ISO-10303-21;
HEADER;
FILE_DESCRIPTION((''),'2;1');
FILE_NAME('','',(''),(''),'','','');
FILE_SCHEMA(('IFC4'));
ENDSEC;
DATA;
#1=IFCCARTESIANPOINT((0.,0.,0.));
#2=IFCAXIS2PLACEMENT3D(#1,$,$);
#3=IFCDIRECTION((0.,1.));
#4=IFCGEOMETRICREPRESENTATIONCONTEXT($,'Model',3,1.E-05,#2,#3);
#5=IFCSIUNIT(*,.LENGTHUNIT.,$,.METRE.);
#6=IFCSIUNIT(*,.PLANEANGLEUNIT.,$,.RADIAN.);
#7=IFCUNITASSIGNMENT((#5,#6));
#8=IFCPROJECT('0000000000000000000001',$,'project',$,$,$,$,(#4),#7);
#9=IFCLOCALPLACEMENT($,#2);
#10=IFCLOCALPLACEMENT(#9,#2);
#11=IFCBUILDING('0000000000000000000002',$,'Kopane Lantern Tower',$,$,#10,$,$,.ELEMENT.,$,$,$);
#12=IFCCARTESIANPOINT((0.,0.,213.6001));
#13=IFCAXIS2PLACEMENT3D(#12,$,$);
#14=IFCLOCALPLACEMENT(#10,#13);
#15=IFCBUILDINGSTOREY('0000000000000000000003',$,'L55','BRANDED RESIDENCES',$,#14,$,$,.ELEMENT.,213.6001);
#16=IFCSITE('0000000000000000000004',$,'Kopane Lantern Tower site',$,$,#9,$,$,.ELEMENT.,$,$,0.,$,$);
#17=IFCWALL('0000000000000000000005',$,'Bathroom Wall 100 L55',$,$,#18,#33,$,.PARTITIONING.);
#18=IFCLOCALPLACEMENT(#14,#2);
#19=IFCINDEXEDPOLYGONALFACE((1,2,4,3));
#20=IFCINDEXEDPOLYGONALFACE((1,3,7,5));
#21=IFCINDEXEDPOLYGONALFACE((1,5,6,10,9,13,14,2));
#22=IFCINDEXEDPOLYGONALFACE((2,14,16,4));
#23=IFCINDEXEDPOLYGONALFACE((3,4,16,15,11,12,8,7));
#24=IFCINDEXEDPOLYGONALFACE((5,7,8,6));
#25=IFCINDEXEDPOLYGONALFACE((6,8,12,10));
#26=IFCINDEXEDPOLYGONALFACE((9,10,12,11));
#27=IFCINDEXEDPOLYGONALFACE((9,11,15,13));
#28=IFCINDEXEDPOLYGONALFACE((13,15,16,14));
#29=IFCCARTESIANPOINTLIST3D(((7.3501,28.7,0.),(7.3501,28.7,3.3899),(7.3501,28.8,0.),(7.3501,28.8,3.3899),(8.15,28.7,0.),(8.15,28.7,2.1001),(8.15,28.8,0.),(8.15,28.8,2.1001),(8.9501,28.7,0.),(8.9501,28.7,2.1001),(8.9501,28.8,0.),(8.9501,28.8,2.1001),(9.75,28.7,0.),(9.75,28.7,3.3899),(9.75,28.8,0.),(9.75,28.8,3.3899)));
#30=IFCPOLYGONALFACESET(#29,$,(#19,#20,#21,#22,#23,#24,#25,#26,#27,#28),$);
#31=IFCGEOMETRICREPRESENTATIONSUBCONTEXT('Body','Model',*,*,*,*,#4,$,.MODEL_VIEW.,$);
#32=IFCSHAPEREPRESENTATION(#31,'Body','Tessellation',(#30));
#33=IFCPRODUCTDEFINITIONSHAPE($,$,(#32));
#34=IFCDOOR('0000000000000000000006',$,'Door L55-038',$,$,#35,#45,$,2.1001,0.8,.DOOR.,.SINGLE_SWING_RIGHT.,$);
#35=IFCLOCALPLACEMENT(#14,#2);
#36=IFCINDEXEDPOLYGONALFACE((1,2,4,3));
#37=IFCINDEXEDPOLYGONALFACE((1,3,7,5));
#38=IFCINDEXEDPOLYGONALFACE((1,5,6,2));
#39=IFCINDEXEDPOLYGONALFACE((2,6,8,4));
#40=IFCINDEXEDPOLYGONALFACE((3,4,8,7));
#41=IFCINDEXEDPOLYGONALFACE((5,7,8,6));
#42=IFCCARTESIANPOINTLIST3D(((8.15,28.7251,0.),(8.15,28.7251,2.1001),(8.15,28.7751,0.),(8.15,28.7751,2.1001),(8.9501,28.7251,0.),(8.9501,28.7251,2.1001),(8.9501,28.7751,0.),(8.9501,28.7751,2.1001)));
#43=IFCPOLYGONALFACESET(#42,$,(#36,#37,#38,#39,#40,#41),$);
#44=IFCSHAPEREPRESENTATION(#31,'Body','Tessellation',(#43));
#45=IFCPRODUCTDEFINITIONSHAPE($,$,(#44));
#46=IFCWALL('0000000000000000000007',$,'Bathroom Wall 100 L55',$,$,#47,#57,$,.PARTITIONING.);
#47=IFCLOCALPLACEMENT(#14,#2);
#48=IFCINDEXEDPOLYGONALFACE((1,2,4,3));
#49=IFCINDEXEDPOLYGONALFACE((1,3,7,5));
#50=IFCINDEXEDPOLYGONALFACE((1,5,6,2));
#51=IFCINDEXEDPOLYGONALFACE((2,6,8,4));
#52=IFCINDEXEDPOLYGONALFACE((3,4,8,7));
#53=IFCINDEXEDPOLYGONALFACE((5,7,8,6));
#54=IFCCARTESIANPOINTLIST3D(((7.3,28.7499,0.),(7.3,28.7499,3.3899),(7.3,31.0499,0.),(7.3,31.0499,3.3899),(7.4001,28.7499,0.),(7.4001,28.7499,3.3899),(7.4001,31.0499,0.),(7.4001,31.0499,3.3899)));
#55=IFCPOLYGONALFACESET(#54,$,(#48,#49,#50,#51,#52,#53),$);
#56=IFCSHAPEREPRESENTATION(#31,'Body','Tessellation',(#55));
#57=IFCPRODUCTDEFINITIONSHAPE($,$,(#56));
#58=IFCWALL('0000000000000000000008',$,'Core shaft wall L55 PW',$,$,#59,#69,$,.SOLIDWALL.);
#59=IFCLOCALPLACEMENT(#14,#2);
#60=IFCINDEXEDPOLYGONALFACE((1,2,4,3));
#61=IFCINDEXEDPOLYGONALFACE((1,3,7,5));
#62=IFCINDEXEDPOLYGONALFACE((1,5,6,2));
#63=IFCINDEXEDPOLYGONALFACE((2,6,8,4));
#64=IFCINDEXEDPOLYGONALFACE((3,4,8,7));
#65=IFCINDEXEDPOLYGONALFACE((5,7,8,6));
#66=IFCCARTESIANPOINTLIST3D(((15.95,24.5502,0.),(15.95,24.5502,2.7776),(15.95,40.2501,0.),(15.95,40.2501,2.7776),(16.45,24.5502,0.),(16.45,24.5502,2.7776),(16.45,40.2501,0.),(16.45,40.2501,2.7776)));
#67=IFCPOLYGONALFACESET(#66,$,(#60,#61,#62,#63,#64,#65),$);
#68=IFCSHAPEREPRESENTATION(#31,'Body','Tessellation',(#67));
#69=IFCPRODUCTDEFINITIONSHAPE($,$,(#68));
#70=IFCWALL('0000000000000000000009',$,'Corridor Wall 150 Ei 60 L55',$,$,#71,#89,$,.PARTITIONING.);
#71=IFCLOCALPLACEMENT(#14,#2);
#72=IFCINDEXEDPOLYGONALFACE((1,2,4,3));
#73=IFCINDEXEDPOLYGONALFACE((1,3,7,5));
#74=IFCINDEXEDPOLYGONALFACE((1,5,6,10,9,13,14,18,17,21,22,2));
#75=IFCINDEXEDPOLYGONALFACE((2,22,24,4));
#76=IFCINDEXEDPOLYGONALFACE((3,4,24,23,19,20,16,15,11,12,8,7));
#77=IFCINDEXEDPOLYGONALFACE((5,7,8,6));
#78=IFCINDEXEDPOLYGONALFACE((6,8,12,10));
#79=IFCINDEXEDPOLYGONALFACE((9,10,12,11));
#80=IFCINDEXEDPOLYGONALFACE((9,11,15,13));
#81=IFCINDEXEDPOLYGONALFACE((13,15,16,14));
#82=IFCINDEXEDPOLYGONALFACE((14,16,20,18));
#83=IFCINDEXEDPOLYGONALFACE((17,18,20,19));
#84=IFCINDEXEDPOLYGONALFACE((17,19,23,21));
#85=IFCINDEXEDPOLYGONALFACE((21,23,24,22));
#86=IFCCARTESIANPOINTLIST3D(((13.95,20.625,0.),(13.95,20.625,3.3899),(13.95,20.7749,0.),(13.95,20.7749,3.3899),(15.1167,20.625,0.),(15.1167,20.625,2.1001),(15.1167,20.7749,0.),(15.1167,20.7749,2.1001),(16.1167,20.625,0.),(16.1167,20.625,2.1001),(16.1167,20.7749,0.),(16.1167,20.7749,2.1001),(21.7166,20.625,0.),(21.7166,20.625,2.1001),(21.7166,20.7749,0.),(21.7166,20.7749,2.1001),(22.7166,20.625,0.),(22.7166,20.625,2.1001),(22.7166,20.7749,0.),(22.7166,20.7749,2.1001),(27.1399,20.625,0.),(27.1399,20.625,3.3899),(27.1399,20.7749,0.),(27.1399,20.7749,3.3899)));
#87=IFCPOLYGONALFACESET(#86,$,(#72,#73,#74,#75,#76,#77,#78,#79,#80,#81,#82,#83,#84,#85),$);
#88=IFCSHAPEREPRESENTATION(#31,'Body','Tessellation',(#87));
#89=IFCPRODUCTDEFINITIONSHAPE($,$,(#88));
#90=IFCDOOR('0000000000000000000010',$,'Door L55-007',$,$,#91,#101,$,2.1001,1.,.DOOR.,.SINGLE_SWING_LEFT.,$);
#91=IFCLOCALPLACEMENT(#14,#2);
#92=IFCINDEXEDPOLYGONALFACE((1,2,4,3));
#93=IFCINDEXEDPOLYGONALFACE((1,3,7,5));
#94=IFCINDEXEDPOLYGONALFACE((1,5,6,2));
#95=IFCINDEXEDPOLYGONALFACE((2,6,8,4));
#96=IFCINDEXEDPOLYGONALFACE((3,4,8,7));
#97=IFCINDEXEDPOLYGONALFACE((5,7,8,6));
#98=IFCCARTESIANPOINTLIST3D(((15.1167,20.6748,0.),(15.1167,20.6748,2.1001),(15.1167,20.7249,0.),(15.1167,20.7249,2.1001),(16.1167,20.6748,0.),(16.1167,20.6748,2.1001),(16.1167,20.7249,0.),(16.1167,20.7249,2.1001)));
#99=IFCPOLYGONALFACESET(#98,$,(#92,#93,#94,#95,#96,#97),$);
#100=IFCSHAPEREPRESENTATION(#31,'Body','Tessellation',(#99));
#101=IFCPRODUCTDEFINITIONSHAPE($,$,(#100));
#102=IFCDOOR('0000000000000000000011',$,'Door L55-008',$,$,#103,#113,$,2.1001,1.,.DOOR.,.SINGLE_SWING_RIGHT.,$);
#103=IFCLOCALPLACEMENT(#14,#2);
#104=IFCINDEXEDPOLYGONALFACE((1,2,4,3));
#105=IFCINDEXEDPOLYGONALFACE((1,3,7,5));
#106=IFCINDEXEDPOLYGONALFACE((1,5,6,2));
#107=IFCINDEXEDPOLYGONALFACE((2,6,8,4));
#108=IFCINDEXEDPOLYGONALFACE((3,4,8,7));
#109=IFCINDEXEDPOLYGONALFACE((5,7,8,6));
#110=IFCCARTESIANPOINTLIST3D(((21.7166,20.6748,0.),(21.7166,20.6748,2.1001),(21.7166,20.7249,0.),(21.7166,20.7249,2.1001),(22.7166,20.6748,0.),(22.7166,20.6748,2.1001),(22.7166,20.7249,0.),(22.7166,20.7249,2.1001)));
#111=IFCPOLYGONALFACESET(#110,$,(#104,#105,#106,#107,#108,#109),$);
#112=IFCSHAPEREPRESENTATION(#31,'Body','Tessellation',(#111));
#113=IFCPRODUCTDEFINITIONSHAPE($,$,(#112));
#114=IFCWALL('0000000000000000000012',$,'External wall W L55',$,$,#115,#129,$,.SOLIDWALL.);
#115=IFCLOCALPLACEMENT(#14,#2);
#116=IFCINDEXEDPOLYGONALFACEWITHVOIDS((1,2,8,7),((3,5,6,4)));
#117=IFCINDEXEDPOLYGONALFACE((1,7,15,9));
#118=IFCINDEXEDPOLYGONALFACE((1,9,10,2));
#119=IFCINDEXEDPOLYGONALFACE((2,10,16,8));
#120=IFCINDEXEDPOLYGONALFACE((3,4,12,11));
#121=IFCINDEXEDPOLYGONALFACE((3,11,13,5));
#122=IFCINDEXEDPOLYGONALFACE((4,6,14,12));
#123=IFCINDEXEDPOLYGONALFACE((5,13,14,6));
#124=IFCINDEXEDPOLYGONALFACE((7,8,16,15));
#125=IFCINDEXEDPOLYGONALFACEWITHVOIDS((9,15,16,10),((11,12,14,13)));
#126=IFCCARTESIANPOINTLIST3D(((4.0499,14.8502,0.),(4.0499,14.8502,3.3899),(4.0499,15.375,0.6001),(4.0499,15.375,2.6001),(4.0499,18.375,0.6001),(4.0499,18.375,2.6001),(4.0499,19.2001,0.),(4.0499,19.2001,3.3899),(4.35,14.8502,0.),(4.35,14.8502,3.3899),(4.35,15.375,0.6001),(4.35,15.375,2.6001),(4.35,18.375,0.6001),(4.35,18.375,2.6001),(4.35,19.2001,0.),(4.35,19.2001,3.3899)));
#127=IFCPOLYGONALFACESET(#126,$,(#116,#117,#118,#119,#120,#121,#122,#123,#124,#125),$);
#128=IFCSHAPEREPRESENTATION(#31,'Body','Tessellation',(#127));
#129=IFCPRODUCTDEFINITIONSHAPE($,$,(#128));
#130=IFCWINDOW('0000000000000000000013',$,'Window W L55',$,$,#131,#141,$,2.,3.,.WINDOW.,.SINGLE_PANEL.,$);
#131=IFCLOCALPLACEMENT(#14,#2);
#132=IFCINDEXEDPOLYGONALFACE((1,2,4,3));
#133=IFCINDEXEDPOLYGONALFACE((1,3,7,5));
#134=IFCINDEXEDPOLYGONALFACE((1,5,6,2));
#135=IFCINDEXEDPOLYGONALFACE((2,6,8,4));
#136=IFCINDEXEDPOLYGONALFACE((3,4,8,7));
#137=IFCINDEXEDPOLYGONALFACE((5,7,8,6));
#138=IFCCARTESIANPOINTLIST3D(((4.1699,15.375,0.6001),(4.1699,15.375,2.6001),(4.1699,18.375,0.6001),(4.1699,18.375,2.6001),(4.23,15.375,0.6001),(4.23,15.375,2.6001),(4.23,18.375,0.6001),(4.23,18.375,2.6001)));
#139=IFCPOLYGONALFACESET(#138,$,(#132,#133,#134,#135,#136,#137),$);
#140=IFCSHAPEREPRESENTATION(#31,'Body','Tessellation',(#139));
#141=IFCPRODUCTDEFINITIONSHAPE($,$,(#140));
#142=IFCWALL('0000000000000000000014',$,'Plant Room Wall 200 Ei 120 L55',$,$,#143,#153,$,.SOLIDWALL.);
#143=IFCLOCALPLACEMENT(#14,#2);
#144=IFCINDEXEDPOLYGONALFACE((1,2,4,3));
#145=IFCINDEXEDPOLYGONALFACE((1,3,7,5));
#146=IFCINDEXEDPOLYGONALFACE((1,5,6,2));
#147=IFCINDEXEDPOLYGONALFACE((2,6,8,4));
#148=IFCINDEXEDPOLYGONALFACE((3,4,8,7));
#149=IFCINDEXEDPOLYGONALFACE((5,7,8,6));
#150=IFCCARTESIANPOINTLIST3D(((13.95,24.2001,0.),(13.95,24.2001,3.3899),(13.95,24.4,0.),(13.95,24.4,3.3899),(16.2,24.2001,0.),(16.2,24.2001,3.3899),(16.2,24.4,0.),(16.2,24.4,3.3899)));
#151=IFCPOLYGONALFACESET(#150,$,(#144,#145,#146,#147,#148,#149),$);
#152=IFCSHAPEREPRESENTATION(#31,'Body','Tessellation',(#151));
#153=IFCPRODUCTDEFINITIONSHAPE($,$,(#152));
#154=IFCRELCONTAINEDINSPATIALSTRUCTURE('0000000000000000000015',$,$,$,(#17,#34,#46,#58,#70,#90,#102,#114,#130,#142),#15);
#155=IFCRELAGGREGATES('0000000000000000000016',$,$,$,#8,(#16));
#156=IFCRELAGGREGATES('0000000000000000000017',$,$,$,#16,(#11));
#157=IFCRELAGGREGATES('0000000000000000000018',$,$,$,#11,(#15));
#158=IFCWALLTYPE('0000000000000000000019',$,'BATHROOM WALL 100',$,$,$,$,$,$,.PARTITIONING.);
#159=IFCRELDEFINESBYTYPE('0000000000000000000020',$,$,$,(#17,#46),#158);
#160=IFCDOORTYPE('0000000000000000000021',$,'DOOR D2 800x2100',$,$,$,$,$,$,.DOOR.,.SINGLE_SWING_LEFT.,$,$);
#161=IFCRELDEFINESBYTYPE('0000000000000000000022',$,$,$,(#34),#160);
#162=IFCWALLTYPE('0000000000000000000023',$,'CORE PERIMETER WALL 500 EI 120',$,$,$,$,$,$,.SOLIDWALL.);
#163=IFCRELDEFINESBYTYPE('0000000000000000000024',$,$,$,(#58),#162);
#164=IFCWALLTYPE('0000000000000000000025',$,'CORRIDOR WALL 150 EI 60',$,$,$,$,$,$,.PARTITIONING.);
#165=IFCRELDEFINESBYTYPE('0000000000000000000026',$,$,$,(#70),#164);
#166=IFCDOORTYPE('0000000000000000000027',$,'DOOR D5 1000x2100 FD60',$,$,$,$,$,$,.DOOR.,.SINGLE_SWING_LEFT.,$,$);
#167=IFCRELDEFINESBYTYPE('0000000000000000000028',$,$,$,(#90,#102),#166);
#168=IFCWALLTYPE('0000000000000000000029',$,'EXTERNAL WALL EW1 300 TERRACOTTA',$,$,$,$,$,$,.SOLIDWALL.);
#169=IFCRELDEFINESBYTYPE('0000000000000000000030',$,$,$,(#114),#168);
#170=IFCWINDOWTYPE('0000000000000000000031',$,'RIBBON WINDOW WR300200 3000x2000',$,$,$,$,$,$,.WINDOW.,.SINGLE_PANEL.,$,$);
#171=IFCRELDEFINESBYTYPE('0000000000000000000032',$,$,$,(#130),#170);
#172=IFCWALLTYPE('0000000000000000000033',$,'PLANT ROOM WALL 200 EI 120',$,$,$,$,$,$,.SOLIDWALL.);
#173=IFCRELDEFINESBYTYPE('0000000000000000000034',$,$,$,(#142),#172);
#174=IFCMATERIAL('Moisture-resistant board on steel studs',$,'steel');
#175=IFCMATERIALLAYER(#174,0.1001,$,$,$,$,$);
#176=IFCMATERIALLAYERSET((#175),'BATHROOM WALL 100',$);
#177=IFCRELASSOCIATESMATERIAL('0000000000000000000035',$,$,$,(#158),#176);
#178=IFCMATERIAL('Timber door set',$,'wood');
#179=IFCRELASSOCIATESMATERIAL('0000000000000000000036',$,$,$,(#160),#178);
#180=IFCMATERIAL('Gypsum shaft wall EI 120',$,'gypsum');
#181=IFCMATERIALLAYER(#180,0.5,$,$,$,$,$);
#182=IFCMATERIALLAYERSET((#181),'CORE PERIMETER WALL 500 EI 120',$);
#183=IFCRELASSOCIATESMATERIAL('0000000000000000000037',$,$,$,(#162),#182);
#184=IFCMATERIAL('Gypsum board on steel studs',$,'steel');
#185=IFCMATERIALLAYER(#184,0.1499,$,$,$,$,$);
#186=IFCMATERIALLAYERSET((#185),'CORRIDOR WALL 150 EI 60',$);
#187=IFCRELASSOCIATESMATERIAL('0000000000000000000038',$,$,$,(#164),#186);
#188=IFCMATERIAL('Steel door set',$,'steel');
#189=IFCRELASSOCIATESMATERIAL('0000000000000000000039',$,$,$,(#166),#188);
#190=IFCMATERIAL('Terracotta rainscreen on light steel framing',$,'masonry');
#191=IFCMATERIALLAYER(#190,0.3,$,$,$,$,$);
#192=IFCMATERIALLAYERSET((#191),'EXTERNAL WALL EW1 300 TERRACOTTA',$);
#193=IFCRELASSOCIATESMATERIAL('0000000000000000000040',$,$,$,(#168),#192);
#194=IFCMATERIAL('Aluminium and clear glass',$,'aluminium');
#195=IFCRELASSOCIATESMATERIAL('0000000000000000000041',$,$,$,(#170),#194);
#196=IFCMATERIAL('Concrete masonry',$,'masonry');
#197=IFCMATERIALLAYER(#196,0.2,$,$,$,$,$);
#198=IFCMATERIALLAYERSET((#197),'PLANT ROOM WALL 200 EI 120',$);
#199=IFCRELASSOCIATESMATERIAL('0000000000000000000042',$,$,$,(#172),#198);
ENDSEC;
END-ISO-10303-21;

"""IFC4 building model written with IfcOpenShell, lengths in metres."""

from ifc_helpers import new_model, si_unit, direction, frame, frame_2d, origin, place, context, subcontext, project, spatial, rectangle, extrude, material, layer, layer_set, type_object, element, fill, save


model = new_model("IFC4")

# Units and contexts
model_context = context("Model", 3, precision=1e-05, world=origin(), true_north=direction((0.0, 1.0)))
body_context = subcontext(model_context, "Body", "Model", "MODEL_VIEW")
ifc_project = project(units=[si_unit("LENGTHUNIT", "METRE"), si_unit("PLANEANGLEUNIT", "RADIAN")], contexts=[model_context])

# Site, building, storey
site_placement = place(None, origin())
site = spatial("IfcSite", under=ifc_project, at=site_placement, Name="Kopane Lantern Tower site", CompositionType="ELEMENT", RefElevation=0.0)
building_placement = place(site_placement, origin())
building = spatial("IfcBuilding", under=site, at=building_placement, Name="Kopane Lantern Tower", CompositionType="ELEMENT")
storey_placement = place(building_placement, frame((0.0, 0.0, 213.6001)))
storey = spatial("IfcBuildingStorey", under=building, at=storey_placement, Name="L55", Description="BRANDED RESIDENCES", CompositionType="ELEMENT", Elevation=213.6001)

# Wall, opening, door
ifc_material_1 = material(Name="Moisture-resistant board on steel studs", Category="steel")
ifc_layer_1 = layer(ifc_material_1, 0.1001)
ifc_layer_set_1 = layer_set([ifc_layer_1], Name="BATHROOM WALL 100")
wall_type_1 = type_object("IfcWallType", Name="BATHROOM WALL 100", PredefinedType="PARTITIONING", material=ifc_layer_set_1)
wall_1_placement = place(storey_placement, frame((9.75, 28.75, 0.0), z_axis=(0.0, 0.0, 1.0), x_axis=(-1.0, 0.0, 0.0)))
wall_1 = element("IfcWall", 1, at=wall_1_placement, inside=storey, type_object=wall_type_1, Name="Bathroom Wall 100 L55", PredefinedType="PARTITIONING", context=body_context, shape_type="SweptSolid", body=[
    extrude(rectangle(XDim=2.3999, YDim=0.1001, at=frame_2d((1.2, 0.0))), origin(), (0.0, 0.0, 1.0), 3.3899),
])
opening_1_placement = place(wall_1_placement, frame((0.8, 0.0, 0.0)))
opening_1 = element("IfcOpeningElement", 2, at=opening_1_placement, cuts=wall_1, PredefinedType="OPENING", context=body_context, shape_type="SweptSolid", body=[
    extrude(rectangle(XDim=0.8, YDim=2.1001, at=frame_2d((0.3999, 1.05))), frame((0.0, 0.0601, 0.0), z_axis=(0.0, -1.0, 0.0), x_axis=(1.0, 0.0, 0.0)), (0.0, 0.0, 1.0), 0.1201),
])
ifc_material_2 = material(Name="Timber door set", Category="wood")
door_type_1 = type_object("IfcDoorType", Name="DOOR D2 800x2100", OperationType="SINGLE_SWING_LEFT", PredefinedType="DOOR", material=ifc_material_2)
door_1_placement = place(opening_1_placement, origin())
door_1 = element("IfcDoor", 3, at=door_1_placement, inside=storey, type_object=door_type_1, Name="Door L55-038", OperationType="SINGLE_SWING_RIGHT", OverallHeight=2.1001, OverallWidth=0.8, PredefinedType="DOOR", context=body_context, shape_type="SweptSolid", body=[
    extrude(rectangle(XDim=0.8, YDim=2.1001, at=frame_2d((0.3999, 1.05))), frame((0.0, 0.0249, 0.0), z_axis=(0.0, -1.0, 0.0), x_axis=(1.0, 0.0, 0.0)), (0.0, 0.0, 1.0), 0.05),
])
fill(opening_1, door_1)

# Wall
wall_2_placement = place(storey_placement, frame((7.3501, 28.75, 0.0), z_axis=(0.0, 0.0, 1.0), x_axis=(0.0, 1.0, 0.0)))
element("IfcWall", 4, at=wall_2_placement, inside=storey, type_object=wall_type_1, Name="Bathroom Wall 100 L55", PredefinedType="PARTITIONING", context=body_context, shape_type="SweptSolid", body=[
    extrude(rectangle(XDim=2.3, YDim=0.1001, at=frame_2d((1.1499, 0.0))), origin(), (0.0, 0.0, 1.0), 3.3899),
])

# Shared definitions
ifc_material_3 = material(Name="Gypsum shaft wall EI 120", Category="gypsum")
ifc_layer_2 = layer(ifc_material_3, 0.5)
ifc_layer_set_2 = layer_set([ifc_layer_2], Name="CORE PERIMETER WALL 500 EI 120")
wall_type_2 = type_object("IfcWallType", Name="CORE PERIMETER WALL 500 EI 120", PredefinedType="SOLIDWALL", material=ifc_layer_set_2)

# Wall
wall_3_placement = place(storey_placement, frame((16.2, 24.55, 0.0), z_axis=(0.0, 0.0, 1.0), x_axis=(0.0, 1.0, 0.0)))
element("IfcWall", 5, at=wall_3_placement, inside=storey, type_object=wall_type_2, Name="Core shaft wall L55 PW", PredefinedType="SOLIDWALL", context=body_context, shape_type="SweptSolid", body=[
    extrude(rectangle(XDim=15.7, YDim=0.5, at=frame_2d((7.8501, 0.0))), origin(), (0.0, 0.0, 1.0), 2.7776),
])

# Wall, openings, doors
ifc_material_4 = material(Name="Gypsum board on steel studs", Category="steel")
ifc_layer_3 = layer(ifc_material_4, 0.1499)
ifc_layer_set_3 = layer_set([ifc_layer_3], Name="CORRIDOR WALL 150 EI 60")
wall_type_3 = type_object("IfcWallType", Name="CORRIDOR WALL 150 EI 60", PredefinedType="PARTITIONING", material=ifc_layer_set_3)
wall_4_placement = place(storey_placement, frame((13.95, 20.7, 0.0), z_axis=(0.0, 0.0, 1.0), x_axis=(1.0, 0.0, 0.0)))
wall_4 = element("IfcWall", 6, at=wall_4_placement, inside=storey, type_object=wall_type_3, Name="Corridor Wall 150 Ei 60 L55", PredefinedType="PARTITIONING", context=body_context, shape_type="SweptSolid", body=[
    extrude(rectangle(XDim=13.1899, YDim=0.1499, at=frame_2d((6.595, 0.0))), origin(), (0.0, 0.0, 1.0), 3.3899),
])
opening_2_placement = place(wall_4_placement, frame((1.1667, 0.0, 0.0)))
opening_2 = element("IfcOpeningElement", 7, at=opening_2_placement, cuts=wall_4, PredefinedType="OPENING", context=body_context, shape_type="SweptSolid", body=[
    extrude(rectangle(XDim=1.0, YDim=2.1001, at=frame_2d((0.5, 1.05))), frame((0.0, 0.085, 0.0), z_axis=(0.0, -1.0, 0.0), x_axis=(1.0, 0.0, 0.0)), (0.0, 0.0, 1.0), 0.1699),
])
opening_3_placement = place(wall_4_placement, frame((7.7666, 0.0, 0.0)))
opening_3 = element("IfcOpeningElement", 8, at=opening_3_placement, cuts=wall_4, PredefinedType="OPENING", context=body_context, shape_type="SweptSolid", body=[
    extrude(rectangle(XDim=1.0, YDim=2.1001, at=frame_2d((0.5, 1.05))), frame((0.0, 0.085, 0.0), z_axis=(0.0, -1.0, 0.0), x_axis=(1.0, 0.0, 0.0)), (0.0, 0.0, 1.0), 0.1699),
])
ifc_material_5 = material(Name="Steel door set", Category="steel")
door_type_2 = type_object("IfcDoorType", Name="DOOR D5 1000x2100 FD60", OperationType="SINGLE_SWING_LEFT", PredefinedType="DOOR", material=ifc_material_5)
door_2_placement = place(opening_2_placement, origin())
door_2 = element("IfcDoor", 9, at=door_2_placement, inside=storey, type_object=door_type_2, Name="Door L55-007", OperationType="SINGLE_SWING_LEFT", OverallHeight=2.1001, OverallWidth=1.0, PredefinedType="DOOR", context=body_context, shape_type="SweptSolid", body=[
    extrude(rectangle(XDim=1.0, YDim=2.1001, at=frame_2d((0.5, 1.05))), frame((0.0, 0.0249, 0.0), z_axis=(0.0, -1.0, 0.0), x_axis=(1.0, 0.0, 0.0)), (0.0, 0.0, 1.0), 0.05),
])
fill(opening_2, door_2)
door_3_placement = place(opening_3_placement, origin())
door_3 = element("IfcDoor", 10, at=door_3_placement, inside=storey, type_object=door_type_2, Name="Door L55-008", OperationType="SINGLE_SWING_RIGHT", OverallHeight=2.1001, OverallWidth=1.0, PredefinedType="DOOR", context=body_context, shape_type="SweptSolid", body=[
    extrude(rectangle(XDim=1.0, YDim=2.1001, at=frame_2d((0.5, 1.05))), frame((0.0, 0.0249, 0.0), z_axis=(0.0, -1.0, 0.0), x_axis=(1.0, 0.0, 0.0)), (0.0, 0.0, 1.0), 0.05),
])
fill(opening_3, door_3)

# Wall, opening, window
ifc_material_6 = material(Name="Terracotta rainscreen on light steel framing", Category="masonry")
ifc_layer_4 = layer(ifc_material_6, 0.3)
ifc_layer_set_4 = layer_set([ifc_layer_4], Name="EXTERNAL WALL EW1 300 TERRACOTTA")
wall_type_4 = type_object("IfcWallType", Name="EXTERNAL WALL EW1 300 TERRACOTTA", PredefinedType="SOLIDWALL", material=ifc_layer_set_4)
wall_5_placement = place(storey_placement, frame((4.2, 19.2, 0.0), z_axis=(0.0, 0.0, 1.0), x_axis=(0.0, -1.0, 0.0)))
wall_5 = element("IfcWall", 11, at=wall_5_placement, inside=storey, type_object=wall_type_4, Name="External wall W L55", PredefinedType="SOLIDWALL", context=body_context, shape_type="SweptSolid", body=[
    extrude(rectangle(XDim=4.3499, YDim=0.3, at=frame_2d((2.1748, 0.0))), origin(), (0.0, 0.0, 1.0), 3.3899),
])
opening_4_placement = place(wall_5_placement, frame((0.825, 0.0, 0.6001)))
opening_4 = element("IfcOpeningElement", 12, at=opening_4_placement, cuts=wall_5, PredefinedType="OPENING", context=body_context, shape_type="SweptSolid", body=[
    extrude(rectangle(XDim=3.0, YDim=2.0, at=frame_2d((1.5, 1.0))), frame((0.0, 0.1599, 0.0), z_axis=(0.0, -1.0, 0.0), x_axis=(1.0, 0.0, 0.0)), (0.0, 0.0, 1.0), 0.3201),
])
ifc_material_7 = material(Name="Aluminium and clear glass", Category="aluminium")
window_type = type_object("IfcWindowType", Name="RIBBON WINDOW WR300200 3000x2000", PartitioningType="SINGLE_PANEL", PredefinedType="WINDOW", material=ifc_material_7)
window_placement = place(opening_4_placement, origin())
window = element("IfcWindow", 13, at=window_placement, inside=storey, type_object=window_type, Name="Window W L55", OverallHeight=2.0, OverallWidth=3.0, PartitioningType="SINGLE_PANEL", PredefinedType="WINDOW", context=body_context, shape_type="SweptSolid", body=[
    extrude(rectangle(XDim=3.0, YDim=2.0, at=frame_2d((1.5, 1.0))), frame((0.0, 0.03, 0.0), z_axis=(0.0, -1.0, 0.0), x_axis=(1.0, 0.0, 0.0)), (0.0, 0.0, 1.0), 0.0601),
])
fill(opening_4, window)

# Wall
ifc_material_8 = material(Name="Concrete masonry", Category="masonry")
ifc_layer_5 = layer(ifc_material_8, 0.2)
ifc_layer_set_5 = layer_set([ifc_layer_5], Name="PLANT ROOM WALL 200 EI 120")
wall_type_5 = type_object("IfcWallType", Name="PLANT ROOM WALL 200 EI 120", PredefinedType="SOLIDWALL", material=ifc_layer_set_5)
wall_6_placement = place(storey_placement, frame((13.95, 24.3, 0.0), z_axis=(0.0, 0.0, 1.0), x_axis=(1.0, 0.0, 0.0)))
element("IfcWall", 14, at=wall_6_placement, inside=storey, type_object=wall_type_5, Name="Plant Room Wall 200 Ei 120 L55", PredefinedType="SOLIDWALL", context=body_context, shape_type="SweptSolid", body=[
    extrude(rectangle(XDim=2.25, YDim=0.2, at=frame_2d((1.125, 0.0))), origin(), (0.0, 0.0, 1.0), 3.3899),
])

save(model, "model.ifc")
